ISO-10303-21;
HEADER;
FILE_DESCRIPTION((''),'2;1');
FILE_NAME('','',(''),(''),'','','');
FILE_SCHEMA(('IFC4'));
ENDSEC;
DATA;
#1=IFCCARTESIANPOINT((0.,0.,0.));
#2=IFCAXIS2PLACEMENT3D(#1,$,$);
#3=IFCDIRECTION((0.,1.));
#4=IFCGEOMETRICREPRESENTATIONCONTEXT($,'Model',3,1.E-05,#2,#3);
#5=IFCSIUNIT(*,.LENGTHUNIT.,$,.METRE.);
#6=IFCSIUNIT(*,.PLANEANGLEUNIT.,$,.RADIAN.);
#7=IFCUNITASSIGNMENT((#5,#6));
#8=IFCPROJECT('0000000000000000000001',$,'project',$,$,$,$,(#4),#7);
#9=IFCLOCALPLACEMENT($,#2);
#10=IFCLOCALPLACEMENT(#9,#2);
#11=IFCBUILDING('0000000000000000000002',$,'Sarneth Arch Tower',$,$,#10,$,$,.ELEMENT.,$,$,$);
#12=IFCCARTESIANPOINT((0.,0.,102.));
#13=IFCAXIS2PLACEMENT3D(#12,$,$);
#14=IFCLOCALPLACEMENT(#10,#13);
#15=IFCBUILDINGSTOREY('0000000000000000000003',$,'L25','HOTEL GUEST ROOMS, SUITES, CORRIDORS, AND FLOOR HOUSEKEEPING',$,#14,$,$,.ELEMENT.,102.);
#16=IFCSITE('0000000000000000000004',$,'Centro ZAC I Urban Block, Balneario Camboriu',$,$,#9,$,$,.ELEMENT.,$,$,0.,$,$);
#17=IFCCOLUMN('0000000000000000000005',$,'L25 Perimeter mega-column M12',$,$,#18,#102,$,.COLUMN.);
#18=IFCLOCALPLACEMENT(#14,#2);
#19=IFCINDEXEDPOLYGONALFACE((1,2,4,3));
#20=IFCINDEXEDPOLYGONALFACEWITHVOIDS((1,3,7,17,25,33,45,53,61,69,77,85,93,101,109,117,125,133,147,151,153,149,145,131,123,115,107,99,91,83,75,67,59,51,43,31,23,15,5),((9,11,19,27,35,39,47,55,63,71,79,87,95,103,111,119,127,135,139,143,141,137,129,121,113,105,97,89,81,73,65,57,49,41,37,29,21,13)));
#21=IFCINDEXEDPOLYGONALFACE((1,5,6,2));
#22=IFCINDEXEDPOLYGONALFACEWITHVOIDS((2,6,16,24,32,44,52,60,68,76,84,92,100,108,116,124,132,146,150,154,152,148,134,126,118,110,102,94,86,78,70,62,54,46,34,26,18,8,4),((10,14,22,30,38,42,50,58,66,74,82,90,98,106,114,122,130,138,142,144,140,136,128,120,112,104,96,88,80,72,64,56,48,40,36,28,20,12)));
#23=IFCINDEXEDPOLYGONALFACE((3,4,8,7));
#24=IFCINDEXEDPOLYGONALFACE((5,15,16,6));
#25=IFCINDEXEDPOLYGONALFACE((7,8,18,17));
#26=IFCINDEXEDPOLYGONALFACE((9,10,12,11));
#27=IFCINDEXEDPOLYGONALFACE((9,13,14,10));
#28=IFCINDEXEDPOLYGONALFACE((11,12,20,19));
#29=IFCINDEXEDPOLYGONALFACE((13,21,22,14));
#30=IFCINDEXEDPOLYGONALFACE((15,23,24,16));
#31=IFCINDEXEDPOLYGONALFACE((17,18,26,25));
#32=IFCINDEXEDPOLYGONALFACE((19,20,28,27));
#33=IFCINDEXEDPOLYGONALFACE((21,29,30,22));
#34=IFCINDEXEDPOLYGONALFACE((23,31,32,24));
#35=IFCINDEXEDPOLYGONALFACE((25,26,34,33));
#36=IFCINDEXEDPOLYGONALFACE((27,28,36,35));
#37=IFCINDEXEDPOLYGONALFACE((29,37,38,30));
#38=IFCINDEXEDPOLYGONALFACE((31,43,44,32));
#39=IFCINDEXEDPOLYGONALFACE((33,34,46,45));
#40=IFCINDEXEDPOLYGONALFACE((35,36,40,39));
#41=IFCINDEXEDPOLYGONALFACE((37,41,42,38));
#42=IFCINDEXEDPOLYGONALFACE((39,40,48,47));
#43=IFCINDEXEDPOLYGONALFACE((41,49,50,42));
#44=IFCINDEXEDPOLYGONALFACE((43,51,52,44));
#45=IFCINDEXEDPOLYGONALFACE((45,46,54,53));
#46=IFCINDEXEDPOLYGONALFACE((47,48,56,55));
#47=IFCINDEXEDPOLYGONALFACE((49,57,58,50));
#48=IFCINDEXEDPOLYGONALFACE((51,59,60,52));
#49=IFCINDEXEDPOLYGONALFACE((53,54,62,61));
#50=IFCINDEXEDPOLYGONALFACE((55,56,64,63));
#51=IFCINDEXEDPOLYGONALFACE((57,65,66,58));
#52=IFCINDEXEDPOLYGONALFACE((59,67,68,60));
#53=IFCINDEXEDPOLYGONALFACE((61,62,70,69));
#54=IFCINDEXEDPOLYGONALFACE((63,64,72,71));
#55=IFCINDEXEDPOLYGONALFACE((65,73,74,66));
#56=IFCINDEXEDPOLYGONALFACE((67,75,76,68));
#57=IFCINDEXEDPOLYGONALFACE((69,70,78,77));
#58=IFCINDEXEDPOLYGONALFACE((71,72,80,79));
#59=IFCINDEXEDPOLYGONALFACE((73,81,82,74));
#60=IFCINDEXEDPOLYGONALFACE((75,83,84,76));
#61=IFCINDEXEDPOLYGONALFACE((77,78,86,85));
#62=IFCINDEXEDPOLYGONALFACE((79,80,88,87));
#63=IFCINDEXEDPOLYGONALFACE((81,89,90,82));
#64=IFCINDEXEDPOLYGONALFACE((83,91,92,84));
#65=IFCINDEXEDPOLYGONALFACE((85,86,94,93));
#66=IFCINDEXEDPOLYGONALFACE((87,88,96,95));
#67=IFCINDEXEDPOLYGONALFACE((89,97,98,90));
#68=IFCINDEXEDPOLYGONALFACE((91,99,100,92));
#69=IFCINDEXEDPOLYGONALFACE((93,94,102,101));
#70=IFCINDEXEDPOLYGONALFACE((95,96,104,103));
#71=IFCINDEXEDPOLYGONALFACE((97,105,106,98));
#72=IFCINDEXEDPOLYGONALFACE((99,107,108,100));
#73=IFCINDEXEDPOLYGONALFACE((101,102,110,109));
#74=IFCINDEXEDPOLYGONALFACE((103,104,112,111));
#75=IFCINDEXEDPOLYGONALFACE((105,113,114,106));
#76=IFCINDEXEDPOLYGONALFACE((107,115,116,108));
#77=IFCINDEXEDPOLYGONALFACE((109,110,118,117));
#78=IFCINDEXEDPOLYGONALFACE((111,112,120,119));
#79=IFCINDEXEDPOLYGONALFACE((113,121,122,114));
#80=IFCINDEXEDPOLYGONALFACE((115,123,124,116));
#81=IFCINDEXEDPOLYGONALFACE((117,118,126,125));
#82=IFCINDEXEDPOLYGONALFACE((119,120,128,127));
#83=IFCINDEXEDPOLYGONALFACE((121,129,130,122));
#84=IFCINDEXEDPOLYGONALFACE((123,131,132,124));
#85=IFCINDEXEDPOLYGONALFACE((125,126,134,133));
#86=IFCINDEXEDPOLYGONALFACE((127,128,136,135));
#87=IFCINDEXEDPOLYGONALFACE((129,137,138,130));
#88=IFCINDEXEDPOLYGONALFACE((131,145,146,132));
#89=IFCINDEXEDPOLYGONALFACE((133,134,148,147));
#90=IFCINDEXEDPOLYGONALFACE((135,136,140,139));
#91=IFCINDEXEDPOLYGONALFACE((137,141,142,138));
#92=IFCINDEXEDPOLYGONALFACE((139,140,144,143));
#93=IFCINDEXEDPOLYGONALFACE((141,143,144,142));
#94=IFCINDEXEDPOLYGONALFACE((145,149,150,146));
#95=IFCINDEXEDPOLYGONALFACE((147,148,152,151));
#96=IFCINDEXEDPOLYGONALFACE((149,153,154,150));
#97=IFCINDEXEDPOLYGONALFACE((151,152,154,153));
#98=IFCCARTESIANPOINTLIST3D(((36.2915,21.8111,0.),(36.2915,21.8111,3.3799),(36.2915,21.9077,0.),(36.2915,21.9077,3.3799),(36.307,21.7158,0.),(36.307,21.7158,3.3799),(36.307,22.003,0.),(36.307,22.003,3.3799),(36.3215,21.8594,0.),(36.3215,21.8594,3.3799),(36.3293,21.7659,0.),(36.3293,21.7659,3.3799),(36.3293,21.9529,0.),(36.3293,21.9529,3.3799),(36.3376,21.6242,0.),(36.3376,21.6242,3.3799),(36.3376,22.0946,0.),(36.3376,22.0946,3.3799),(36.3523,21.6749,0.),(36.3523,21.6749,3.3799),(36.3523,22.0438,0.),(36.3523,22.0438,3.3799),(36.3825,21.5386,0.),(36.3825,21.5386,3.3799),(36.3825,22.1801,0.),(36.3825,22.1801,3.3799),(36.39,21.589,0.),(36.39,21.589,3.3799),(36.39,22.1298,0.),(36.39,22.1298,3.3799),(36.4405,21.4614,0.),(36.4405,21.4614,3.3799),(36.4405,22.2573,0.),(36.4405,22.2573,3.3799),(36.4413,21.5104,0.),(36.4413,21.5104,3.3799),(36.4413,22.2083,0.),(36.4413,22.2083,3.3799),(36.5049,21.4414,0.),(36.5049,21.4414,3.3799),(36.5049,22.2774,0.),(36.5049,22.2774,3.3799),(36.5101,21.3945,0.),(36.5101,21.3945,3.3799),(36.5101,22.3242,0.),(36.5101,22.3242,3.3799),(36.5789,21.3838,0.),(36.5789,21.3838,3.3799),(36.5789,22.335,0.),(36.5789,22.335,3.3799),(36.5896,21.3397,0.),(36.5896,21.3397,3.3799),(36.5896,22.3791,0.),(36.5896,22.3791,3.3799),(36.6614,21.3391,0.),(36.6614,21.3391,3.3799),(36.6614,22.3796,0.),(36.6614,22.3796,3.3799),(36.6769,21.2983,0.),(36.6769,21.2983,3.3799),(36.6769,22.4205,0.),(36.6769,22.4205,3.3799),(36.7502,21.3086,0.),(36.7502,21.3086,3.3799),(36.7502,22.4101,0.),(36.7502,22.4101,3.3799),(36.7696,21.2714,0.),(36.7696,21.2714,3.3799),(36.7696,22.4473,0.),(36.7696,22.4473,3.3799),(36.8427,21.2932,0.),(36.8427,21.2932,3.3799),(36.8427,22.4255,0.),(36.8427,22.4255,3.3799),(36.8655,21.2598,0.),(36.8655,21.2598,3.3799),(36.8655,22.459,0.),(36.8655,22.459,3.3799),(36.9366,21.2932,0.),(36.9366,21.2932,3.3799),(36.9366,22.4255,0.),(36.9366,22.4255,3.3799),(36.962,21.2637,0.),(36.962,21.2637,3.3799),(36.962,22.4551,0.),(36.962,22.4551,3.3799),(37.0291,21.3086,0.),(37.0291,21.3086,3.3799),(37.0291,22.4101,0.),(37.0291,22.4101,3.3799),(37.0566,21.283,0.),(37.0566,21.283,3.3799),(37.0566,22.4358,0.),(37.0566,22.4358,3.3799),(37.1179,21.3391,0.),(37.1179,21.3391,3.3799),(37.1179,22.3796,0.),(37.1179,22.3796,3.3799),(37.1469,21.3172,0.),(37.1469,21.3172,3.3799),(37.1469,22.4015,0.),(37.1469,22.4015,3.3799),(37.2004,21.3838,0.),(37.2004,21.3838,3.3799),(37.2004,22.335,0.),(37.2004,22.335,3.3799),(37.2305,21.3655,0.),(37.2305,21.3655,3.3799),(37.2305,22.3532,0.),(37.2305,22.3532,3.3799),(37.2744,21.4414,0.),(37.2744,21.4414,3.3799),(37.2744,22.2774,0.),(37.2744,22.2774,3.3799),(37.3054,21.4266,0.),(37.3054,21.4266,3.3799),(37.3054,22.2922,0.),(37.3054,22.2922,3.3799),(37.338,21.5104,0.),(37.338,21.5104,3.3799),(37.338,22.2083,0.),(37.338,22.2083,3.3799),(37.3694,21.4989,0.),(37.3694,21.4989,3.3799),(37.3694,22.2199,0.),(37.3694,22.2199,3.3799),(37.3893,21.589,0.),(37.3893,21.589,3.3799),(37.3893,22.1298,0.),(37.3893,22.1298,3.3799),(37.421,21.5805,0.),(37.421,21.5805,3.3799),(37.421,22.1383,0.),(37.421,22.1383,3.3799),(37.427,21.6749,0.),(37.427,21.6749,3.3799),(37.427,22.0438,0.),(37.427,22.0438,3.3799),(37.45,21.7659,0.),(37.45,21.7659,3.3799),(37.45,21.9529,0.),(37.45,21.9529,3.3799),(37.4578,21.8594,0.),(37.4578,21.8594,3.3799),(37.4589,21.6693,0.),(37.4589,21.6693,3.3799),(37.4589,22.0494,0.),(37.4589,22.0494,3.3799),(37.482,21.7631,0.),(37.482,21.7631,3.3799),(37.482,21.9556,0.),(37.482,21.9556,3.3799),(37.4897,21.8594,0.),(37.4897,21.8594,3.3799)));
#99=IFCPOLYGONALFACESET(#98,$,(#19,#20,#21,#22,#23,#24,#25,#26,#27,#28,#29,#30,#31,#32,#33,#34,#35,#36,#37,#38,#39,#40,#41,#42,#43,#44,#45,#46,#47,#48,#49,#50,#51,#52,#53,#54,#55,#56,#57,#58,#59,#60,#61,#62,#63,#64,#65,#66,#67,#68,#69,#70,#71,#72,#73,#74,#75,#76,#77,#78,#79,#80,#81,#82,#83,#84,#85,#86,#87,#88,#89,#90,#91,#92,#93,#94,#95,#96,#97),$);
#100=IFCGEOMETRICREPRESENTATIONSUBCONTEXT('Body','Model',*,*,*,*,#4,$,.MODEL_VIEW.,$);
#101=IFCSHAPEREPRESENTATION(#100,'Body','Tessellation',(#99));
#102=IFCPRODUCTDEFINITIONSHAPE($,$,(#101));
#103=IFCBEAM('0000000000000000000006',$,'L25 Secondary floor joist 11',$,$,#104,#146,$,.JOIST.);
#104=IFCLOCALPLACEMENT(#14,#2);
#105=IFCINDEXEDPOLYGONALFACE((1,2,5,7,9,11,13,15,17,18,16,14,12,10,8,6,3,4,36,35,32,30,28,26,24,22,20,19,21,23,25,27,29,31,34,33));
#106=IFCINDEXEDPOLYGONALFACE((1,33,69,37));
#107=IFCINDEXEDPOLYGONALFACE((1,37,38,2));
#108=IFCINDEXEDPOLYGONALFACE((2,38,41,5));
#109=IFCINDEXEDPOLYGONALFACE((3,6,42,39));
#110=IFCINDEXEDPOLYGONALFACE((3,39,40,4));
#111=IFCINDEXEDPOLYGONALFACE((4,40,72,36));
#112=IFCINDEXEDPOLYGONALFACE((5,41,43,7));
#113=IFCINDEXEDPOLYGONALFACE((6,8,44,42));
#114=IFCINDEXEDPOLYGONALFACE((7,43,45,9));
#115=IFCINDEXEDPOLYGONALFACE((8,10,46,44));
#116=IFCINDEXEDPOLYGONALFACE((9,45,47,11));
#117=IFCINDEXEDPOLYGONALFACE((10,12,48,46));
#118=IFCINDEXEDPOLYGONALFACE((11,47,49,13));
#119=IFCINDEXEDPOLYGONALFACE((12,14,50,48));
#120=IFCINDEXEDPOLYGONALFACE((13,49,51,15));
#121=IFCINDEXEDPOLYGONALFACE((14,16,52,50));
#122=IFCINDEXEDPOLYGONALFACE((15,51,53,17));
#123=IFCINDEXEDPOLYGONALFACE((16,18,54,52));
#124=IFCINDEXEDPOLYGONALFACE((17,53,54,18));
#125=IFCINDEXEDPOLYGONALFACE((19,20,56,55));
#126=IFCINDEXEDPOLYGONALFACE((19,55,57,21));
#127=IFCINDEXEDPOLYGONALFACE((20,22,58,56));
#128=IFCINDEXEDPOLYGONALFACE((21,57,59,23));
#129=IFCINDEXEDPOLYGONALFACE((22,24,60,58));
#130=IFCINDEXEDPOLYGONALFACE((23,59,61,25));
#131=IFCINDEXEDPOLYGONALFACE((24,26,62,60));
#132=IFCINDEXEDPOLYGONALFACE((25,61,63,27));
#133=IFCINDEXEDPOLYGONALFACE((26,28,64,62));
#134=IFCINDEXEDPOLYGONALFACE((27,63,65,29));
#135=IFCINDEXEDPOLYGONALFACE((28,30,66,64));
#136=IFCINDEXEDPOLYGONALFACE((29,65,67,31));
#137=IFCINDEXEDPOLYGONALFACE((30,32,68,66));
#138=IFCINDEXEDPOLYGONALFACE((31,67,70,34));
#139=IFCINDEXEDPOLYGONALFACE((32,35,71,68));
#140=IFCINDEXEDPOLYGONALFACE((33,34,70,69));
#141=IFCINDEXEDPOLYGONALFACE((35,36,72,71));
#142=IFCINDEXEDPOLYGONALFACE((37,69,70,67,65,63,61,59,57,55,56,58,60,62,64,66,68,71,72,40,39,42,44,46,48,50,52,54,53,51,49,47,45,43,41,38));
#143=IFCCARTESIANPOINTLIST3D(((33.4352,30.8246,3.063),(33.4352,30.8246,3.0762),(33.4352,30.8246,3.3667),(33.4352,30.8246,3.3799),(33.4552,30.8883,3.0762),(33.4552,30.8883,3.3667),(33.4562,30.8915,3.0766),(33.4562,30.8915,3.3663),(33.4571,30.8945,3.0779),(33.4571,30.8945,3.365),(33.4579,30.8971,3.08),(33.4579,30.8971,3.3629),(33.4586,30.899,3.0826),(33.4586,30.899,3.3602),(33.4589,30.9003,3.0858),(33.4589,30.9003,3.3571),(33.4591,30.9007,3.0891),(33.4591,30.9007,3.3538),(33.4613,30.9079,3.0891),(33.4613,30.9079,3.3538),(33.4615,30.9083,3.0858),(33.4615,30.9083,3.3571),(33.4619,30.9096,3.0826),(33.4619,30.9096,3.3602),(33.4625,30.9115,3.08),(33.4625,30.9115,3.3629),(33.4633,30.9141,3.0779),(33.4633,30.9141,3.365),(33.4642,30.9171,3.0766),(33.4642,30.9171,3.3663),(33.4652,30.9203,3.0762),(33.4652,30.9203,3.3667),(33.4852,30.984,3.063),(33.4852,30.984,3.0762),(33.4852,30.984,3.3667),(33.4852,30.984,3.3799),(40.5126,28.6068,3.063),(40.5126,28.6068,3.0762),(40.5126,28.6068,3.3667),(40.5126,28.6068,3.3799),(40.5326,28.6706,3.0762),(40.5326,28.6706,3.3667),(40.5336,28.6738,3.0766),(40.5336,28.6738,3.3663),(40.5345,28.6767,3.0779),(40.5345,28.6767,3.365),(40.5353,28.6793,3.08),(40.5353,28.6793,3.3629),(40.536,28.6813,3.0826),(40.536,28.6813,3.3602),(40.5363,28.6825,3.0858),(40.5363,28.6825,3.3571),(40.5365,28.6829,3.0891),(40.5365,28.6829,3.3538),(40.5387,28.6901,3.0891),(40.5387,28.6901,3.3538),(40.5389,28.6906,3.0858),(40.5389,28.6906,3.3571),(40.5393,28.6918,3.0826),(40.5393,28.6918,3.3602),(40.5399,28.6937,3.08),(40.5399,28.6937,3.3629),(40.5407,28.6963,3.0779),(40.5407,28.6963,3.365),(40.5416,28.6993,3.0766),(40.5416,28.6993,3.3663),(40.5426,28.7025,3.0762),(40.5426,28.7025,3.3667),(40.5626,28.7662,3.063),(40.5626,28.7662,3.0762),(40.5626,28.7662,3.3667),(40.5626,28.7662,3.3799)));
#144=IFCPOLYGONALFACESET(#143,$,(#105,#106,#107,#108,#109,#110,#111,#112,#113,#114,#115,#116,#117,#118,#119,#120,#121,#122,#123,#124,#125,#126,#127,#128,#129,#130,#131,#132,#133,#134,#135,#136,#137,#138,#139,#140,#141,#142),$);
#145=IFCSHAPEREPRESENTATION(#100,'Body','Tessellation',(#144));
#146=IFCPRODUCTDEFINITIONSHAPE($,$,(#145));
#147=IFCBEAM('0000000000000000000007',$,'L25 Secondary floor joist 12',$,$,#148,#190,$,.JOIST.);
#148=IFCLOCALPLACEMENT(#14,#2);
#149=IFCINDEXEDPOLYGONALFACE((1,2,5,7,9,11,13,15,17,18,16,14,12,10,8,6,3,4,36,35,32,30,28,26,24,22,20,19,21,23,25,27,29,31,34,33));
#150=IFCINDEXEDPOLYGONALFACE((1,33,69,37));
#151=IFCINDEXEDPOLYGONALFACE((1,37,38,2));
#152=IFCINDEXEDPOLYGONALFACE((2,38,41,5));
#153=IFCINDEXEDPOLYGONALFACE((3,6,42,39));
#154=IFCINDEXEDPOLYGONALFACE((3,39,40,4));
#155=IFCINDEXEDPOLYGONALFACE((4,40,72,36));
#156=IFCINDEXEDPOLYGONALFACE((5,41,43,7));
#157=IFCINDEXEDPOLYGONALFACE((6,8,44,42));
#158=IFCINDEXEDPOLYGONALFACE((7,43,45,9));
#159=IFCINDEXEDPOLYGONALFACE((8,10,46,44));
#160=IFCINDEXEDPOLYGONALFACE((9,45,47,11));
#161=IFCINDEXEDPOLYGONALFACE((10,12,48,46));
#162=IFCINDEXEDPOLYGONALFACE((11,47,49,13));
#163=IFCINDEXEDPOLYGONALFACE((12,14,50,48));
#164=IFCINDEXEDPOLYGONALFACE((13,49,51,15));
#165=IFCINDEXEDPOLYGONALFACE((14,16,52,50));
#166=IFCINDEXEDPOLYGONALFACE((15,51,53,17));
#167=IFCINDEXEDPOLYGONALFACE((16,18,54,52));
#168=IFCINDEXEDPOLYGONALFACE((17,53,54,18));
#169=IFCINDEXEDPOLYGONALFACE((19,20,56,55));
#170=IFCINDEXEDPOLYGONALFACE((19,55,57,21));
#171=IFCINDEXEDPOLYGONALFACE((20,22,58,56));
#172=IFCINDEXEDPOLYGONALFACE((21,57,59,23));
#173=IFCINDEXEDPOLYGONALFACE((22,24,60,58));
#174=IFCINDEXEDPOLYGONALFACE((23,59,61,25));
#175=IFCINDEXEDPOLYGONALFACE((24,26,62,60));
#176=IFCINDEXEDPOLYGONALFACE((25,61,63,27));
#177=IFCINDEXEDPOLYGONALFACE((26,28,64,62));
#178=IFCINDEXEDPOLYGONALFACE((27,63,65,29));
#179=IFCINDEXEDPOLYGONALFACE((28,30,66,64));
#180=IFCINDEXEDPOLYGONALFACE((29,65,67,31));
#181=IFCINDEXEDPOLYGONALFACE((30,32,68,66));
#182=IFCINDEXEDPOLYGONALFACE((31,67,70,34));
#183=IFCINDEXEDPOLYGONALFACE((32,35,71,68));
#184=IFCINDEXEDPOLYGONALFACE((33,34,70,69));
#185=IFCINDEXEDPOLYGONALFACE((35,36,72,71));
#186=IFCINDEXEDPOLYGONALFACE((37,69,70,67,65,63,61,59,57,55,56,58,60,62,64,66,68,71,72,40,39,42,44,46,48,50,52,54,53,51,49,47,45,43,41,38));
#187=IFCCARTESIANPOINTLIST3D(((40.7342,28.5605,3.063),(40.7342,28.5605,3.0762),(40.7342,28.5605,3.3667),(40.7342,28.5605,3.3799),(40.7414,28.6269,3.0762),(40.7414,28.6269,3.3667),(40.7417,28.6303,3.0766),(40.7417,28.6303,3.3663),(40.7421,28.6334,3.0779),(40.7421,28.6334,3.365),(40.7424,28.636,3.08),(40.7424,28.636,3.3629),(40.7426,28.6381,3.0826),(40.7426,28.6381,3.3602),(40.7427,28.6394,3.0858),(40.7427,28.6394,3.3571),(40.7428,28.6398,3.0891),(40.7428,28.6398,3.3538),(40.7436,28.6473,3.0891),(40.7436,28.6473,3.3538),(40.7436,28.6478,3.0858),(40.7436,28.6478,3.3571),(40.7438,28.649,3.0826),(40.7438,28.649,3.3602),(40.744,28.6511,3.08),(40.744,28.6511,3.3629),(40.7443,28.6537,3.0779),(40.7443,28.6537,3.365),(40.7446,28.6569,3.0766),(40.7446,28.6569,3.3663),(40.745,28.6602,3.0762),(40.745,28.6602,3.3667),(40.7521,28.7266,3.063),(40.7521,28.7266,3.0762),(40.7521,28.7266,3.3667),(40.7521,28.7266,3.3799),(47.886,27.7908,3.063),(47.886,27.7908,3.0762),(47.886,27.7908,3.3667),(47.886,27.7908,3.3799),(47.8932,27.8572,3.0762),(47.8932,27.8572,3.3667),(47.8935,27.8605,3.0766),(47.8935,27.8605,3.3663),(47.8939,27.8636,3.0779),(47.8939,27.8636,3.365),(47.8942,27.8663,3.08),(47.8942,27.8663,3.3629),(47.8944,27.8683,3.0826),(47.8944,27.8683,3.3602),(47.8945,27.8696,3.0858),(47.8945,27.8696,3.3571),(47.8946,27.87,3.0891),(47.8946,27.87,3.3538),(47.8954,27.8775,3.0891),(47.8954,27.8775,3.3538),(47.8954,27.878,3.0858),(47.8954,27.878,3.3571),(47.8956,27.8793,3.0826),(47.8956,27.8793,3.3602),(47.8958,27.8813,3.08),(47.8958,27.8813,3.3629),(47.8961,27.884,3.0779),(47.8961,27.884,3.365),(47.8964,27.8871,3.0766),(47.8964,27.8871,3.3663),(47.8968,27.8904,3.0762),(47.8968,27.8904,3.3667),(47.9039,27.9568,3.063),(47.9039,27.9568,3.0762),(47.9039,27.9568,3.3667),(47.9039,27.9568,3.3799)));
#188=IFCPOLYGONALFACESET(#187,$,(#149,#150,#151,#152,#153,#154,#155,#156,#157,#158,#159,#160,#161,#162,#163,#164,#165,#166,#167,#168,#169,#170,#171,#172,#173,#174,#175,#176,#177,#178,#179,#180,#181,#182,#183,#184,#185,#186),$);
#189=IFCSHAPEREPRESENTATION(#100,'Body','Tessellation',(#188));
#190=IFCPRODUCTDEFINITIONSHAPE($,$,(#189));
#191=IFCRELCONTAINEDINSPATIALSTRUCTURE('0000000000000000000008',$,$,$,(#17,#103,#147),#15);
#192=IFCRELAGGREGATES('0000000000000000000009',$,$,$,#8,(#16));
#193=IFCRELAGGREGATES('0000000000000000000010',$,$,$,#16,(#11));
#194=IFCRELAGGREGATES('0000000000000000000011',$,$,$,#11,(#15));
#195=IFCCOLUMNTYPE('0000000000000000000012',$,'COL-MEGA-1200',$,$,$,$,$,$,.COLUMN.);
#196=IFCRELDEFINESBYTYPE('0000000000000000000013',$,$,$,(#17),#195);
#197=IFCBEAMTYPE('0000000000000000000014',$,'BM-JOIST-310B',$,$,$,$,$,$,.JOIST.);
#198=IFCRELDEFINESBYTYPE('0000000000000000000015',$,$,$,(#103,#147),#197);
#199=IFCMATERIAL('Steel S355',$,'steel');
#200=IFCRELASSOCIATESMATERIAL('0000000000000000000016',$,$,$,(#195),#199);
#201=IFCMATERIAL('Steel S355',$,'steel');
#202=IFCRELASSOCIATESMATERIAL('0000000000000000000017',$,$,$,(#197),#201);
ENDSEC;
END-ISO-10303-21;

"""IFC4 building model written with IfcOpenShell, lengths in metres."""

from ifc_helpers import new_model, si_unit, direction, frame, origin, origin_2d, place, context, subcontext, project, spatial, hollow_circle, i_section, extrude, material, material_profile, profile_set, type_object, element, save


model = new_model("IFC4")

# Units and contexts
model_context = context("Model", 3, precision=1e-05, world=origin(), true_north=direction((0.0, 1.0)))
body_context = subcontext(model_context, "Body", "Model", "MODEL_VIEW")
ifc_project = project(units=[si_unit("LENGTHUNIT", "METRE"), si_unit("PLANEANGLEUNIT", "RADIAN")], contexts=[model_context])

# Site, building, storey
site_placement = place(None, origin())
site = spatial("IfcSite", under=ifc_project, at=site_placement, Name="Centro ZAC I Urban Block, Balneario Camboriu", CompositionType="ELEMENT", RefElevation=0.0)
building_placement = place(site_placement, origin())
building = spatial("IfcBuilding", under=site, at=building_placement, Name="Sarneth Arch Tower", CompositionType="ELEMENT")
storey_placement = place(building_placement, frame((0.0, 0.0, 102.0)))
storey = spatial("IfcBuildingStorey", under=building, at=storey_placement, Name="L25", Description="HOTEL GUEST ROOMS, SUITES, CORRIDORS, AND FLOOR HOUSEKEEPING", CompositionType="ELEMENT", Elevation=102.0)

# Column
ifc_material_1 = material(Name="Steel S355", Category="steel")
ifc_material_profile_1 = material_profile(ifc_material_1, hollow_circle(Radius=0.6001, WallThickness=0.032, at=origin_2d()), Name="CHS1200x32")
ifc_profile_set_1 = profile_set([ifc_material_profile_1], Name="Steel S355")
column_type = type_object("IfcColumnType", Name="COL-MEGA-1200", PredefinedType="COLUMN", material=ifc_profile_set_1)
column_placement = place(storey_placement, frame((36.8896, 21.8594, 0.0), z_axis=(0.0, 0.0, 1.0), x_axis=(1.0, 0.0, 0.0)))
element("IfcColumn", 1, at=column_placement, inside=storey, type_object=column_type, Name="L25 Perimeter mega-column M12", PredefinedType="COLUMN", context=body_context, shape_type="SweptSolid", body=[
    extrude(hollow_circle(Radius=0.6001, WallThickness=0.032, at=origin_2d()), origin(), (0.0, 0.0, 1.0), 3.3799),
])

# Beams
ifc_material_2 = material(Name="Steel S355", Category="steel")
ifc_material_profile_2 = material_profile(ifc_material_2, i_section(OverallWidth=0.167, OverallDepth=0.3169, WebThickness=0.0076, FlangeThickness=0.0132, FilletRadius=0.0129, at=origin_2d()), Name="W310x52")
ifc_profile_set_2 = profile_set([ifc_material_profile_2], Name="Steel S355")
beam_type_1 = type_object("IfcBeamType", Name="BM-JOIST-310B", PredefinedType="JOIST", material=ifc_profile_set_2)
beam_1_placement = place(storey_placement, frame((33.4602, 30.9043, 3.2214), z_axis=(0.954246, -0.299023, 0.0), x_axis=(0.299023, 0.954246, 0.0)))
element("IfcBeam", 2, at=beam_1_placement, inside=storey, type_object=beam_type_1, Name="L25 Secondary floor joist 11", PredefinedType="JOIST", context=body_context, shape_type="SweptSolid", body=[
    extrude(i_section(OverallWidth=0.167, OverallDepth=0.3169, WebThickness=0.0076, FlangeThickness=0.0132, FilletRadius=0.0129, at=origin_2d()), origin(), (0.0, 0.0, 1.0), 7.4167),
])
beam_2_placement = place(storey_placement, frame((40.7432, 28.6436, 3.2214), z_axis=(0.994257, -0.107015, 0.0), x_axis=(0.107015, 0.994257, 0.0)))
element("IfcBeam", 3, at=beam_2_placement, inside=storey, type_object=beam_type_1, Name="L25 Secondary floor joist 12", PredefinedType="JOIST", context=body_context, shape_type="SweptSolid", body=[
    extrude(i_section(OverallWidth=0.167, OverallDepth=0.3169, WebThickness=0.0076, FlangeThickness=0.0132, FilletRadius=0.0129, at=origin_2d()), origin(), (0.0, 0.0, 1.0), 7.1931),
])

save(model, "model.ifc")
